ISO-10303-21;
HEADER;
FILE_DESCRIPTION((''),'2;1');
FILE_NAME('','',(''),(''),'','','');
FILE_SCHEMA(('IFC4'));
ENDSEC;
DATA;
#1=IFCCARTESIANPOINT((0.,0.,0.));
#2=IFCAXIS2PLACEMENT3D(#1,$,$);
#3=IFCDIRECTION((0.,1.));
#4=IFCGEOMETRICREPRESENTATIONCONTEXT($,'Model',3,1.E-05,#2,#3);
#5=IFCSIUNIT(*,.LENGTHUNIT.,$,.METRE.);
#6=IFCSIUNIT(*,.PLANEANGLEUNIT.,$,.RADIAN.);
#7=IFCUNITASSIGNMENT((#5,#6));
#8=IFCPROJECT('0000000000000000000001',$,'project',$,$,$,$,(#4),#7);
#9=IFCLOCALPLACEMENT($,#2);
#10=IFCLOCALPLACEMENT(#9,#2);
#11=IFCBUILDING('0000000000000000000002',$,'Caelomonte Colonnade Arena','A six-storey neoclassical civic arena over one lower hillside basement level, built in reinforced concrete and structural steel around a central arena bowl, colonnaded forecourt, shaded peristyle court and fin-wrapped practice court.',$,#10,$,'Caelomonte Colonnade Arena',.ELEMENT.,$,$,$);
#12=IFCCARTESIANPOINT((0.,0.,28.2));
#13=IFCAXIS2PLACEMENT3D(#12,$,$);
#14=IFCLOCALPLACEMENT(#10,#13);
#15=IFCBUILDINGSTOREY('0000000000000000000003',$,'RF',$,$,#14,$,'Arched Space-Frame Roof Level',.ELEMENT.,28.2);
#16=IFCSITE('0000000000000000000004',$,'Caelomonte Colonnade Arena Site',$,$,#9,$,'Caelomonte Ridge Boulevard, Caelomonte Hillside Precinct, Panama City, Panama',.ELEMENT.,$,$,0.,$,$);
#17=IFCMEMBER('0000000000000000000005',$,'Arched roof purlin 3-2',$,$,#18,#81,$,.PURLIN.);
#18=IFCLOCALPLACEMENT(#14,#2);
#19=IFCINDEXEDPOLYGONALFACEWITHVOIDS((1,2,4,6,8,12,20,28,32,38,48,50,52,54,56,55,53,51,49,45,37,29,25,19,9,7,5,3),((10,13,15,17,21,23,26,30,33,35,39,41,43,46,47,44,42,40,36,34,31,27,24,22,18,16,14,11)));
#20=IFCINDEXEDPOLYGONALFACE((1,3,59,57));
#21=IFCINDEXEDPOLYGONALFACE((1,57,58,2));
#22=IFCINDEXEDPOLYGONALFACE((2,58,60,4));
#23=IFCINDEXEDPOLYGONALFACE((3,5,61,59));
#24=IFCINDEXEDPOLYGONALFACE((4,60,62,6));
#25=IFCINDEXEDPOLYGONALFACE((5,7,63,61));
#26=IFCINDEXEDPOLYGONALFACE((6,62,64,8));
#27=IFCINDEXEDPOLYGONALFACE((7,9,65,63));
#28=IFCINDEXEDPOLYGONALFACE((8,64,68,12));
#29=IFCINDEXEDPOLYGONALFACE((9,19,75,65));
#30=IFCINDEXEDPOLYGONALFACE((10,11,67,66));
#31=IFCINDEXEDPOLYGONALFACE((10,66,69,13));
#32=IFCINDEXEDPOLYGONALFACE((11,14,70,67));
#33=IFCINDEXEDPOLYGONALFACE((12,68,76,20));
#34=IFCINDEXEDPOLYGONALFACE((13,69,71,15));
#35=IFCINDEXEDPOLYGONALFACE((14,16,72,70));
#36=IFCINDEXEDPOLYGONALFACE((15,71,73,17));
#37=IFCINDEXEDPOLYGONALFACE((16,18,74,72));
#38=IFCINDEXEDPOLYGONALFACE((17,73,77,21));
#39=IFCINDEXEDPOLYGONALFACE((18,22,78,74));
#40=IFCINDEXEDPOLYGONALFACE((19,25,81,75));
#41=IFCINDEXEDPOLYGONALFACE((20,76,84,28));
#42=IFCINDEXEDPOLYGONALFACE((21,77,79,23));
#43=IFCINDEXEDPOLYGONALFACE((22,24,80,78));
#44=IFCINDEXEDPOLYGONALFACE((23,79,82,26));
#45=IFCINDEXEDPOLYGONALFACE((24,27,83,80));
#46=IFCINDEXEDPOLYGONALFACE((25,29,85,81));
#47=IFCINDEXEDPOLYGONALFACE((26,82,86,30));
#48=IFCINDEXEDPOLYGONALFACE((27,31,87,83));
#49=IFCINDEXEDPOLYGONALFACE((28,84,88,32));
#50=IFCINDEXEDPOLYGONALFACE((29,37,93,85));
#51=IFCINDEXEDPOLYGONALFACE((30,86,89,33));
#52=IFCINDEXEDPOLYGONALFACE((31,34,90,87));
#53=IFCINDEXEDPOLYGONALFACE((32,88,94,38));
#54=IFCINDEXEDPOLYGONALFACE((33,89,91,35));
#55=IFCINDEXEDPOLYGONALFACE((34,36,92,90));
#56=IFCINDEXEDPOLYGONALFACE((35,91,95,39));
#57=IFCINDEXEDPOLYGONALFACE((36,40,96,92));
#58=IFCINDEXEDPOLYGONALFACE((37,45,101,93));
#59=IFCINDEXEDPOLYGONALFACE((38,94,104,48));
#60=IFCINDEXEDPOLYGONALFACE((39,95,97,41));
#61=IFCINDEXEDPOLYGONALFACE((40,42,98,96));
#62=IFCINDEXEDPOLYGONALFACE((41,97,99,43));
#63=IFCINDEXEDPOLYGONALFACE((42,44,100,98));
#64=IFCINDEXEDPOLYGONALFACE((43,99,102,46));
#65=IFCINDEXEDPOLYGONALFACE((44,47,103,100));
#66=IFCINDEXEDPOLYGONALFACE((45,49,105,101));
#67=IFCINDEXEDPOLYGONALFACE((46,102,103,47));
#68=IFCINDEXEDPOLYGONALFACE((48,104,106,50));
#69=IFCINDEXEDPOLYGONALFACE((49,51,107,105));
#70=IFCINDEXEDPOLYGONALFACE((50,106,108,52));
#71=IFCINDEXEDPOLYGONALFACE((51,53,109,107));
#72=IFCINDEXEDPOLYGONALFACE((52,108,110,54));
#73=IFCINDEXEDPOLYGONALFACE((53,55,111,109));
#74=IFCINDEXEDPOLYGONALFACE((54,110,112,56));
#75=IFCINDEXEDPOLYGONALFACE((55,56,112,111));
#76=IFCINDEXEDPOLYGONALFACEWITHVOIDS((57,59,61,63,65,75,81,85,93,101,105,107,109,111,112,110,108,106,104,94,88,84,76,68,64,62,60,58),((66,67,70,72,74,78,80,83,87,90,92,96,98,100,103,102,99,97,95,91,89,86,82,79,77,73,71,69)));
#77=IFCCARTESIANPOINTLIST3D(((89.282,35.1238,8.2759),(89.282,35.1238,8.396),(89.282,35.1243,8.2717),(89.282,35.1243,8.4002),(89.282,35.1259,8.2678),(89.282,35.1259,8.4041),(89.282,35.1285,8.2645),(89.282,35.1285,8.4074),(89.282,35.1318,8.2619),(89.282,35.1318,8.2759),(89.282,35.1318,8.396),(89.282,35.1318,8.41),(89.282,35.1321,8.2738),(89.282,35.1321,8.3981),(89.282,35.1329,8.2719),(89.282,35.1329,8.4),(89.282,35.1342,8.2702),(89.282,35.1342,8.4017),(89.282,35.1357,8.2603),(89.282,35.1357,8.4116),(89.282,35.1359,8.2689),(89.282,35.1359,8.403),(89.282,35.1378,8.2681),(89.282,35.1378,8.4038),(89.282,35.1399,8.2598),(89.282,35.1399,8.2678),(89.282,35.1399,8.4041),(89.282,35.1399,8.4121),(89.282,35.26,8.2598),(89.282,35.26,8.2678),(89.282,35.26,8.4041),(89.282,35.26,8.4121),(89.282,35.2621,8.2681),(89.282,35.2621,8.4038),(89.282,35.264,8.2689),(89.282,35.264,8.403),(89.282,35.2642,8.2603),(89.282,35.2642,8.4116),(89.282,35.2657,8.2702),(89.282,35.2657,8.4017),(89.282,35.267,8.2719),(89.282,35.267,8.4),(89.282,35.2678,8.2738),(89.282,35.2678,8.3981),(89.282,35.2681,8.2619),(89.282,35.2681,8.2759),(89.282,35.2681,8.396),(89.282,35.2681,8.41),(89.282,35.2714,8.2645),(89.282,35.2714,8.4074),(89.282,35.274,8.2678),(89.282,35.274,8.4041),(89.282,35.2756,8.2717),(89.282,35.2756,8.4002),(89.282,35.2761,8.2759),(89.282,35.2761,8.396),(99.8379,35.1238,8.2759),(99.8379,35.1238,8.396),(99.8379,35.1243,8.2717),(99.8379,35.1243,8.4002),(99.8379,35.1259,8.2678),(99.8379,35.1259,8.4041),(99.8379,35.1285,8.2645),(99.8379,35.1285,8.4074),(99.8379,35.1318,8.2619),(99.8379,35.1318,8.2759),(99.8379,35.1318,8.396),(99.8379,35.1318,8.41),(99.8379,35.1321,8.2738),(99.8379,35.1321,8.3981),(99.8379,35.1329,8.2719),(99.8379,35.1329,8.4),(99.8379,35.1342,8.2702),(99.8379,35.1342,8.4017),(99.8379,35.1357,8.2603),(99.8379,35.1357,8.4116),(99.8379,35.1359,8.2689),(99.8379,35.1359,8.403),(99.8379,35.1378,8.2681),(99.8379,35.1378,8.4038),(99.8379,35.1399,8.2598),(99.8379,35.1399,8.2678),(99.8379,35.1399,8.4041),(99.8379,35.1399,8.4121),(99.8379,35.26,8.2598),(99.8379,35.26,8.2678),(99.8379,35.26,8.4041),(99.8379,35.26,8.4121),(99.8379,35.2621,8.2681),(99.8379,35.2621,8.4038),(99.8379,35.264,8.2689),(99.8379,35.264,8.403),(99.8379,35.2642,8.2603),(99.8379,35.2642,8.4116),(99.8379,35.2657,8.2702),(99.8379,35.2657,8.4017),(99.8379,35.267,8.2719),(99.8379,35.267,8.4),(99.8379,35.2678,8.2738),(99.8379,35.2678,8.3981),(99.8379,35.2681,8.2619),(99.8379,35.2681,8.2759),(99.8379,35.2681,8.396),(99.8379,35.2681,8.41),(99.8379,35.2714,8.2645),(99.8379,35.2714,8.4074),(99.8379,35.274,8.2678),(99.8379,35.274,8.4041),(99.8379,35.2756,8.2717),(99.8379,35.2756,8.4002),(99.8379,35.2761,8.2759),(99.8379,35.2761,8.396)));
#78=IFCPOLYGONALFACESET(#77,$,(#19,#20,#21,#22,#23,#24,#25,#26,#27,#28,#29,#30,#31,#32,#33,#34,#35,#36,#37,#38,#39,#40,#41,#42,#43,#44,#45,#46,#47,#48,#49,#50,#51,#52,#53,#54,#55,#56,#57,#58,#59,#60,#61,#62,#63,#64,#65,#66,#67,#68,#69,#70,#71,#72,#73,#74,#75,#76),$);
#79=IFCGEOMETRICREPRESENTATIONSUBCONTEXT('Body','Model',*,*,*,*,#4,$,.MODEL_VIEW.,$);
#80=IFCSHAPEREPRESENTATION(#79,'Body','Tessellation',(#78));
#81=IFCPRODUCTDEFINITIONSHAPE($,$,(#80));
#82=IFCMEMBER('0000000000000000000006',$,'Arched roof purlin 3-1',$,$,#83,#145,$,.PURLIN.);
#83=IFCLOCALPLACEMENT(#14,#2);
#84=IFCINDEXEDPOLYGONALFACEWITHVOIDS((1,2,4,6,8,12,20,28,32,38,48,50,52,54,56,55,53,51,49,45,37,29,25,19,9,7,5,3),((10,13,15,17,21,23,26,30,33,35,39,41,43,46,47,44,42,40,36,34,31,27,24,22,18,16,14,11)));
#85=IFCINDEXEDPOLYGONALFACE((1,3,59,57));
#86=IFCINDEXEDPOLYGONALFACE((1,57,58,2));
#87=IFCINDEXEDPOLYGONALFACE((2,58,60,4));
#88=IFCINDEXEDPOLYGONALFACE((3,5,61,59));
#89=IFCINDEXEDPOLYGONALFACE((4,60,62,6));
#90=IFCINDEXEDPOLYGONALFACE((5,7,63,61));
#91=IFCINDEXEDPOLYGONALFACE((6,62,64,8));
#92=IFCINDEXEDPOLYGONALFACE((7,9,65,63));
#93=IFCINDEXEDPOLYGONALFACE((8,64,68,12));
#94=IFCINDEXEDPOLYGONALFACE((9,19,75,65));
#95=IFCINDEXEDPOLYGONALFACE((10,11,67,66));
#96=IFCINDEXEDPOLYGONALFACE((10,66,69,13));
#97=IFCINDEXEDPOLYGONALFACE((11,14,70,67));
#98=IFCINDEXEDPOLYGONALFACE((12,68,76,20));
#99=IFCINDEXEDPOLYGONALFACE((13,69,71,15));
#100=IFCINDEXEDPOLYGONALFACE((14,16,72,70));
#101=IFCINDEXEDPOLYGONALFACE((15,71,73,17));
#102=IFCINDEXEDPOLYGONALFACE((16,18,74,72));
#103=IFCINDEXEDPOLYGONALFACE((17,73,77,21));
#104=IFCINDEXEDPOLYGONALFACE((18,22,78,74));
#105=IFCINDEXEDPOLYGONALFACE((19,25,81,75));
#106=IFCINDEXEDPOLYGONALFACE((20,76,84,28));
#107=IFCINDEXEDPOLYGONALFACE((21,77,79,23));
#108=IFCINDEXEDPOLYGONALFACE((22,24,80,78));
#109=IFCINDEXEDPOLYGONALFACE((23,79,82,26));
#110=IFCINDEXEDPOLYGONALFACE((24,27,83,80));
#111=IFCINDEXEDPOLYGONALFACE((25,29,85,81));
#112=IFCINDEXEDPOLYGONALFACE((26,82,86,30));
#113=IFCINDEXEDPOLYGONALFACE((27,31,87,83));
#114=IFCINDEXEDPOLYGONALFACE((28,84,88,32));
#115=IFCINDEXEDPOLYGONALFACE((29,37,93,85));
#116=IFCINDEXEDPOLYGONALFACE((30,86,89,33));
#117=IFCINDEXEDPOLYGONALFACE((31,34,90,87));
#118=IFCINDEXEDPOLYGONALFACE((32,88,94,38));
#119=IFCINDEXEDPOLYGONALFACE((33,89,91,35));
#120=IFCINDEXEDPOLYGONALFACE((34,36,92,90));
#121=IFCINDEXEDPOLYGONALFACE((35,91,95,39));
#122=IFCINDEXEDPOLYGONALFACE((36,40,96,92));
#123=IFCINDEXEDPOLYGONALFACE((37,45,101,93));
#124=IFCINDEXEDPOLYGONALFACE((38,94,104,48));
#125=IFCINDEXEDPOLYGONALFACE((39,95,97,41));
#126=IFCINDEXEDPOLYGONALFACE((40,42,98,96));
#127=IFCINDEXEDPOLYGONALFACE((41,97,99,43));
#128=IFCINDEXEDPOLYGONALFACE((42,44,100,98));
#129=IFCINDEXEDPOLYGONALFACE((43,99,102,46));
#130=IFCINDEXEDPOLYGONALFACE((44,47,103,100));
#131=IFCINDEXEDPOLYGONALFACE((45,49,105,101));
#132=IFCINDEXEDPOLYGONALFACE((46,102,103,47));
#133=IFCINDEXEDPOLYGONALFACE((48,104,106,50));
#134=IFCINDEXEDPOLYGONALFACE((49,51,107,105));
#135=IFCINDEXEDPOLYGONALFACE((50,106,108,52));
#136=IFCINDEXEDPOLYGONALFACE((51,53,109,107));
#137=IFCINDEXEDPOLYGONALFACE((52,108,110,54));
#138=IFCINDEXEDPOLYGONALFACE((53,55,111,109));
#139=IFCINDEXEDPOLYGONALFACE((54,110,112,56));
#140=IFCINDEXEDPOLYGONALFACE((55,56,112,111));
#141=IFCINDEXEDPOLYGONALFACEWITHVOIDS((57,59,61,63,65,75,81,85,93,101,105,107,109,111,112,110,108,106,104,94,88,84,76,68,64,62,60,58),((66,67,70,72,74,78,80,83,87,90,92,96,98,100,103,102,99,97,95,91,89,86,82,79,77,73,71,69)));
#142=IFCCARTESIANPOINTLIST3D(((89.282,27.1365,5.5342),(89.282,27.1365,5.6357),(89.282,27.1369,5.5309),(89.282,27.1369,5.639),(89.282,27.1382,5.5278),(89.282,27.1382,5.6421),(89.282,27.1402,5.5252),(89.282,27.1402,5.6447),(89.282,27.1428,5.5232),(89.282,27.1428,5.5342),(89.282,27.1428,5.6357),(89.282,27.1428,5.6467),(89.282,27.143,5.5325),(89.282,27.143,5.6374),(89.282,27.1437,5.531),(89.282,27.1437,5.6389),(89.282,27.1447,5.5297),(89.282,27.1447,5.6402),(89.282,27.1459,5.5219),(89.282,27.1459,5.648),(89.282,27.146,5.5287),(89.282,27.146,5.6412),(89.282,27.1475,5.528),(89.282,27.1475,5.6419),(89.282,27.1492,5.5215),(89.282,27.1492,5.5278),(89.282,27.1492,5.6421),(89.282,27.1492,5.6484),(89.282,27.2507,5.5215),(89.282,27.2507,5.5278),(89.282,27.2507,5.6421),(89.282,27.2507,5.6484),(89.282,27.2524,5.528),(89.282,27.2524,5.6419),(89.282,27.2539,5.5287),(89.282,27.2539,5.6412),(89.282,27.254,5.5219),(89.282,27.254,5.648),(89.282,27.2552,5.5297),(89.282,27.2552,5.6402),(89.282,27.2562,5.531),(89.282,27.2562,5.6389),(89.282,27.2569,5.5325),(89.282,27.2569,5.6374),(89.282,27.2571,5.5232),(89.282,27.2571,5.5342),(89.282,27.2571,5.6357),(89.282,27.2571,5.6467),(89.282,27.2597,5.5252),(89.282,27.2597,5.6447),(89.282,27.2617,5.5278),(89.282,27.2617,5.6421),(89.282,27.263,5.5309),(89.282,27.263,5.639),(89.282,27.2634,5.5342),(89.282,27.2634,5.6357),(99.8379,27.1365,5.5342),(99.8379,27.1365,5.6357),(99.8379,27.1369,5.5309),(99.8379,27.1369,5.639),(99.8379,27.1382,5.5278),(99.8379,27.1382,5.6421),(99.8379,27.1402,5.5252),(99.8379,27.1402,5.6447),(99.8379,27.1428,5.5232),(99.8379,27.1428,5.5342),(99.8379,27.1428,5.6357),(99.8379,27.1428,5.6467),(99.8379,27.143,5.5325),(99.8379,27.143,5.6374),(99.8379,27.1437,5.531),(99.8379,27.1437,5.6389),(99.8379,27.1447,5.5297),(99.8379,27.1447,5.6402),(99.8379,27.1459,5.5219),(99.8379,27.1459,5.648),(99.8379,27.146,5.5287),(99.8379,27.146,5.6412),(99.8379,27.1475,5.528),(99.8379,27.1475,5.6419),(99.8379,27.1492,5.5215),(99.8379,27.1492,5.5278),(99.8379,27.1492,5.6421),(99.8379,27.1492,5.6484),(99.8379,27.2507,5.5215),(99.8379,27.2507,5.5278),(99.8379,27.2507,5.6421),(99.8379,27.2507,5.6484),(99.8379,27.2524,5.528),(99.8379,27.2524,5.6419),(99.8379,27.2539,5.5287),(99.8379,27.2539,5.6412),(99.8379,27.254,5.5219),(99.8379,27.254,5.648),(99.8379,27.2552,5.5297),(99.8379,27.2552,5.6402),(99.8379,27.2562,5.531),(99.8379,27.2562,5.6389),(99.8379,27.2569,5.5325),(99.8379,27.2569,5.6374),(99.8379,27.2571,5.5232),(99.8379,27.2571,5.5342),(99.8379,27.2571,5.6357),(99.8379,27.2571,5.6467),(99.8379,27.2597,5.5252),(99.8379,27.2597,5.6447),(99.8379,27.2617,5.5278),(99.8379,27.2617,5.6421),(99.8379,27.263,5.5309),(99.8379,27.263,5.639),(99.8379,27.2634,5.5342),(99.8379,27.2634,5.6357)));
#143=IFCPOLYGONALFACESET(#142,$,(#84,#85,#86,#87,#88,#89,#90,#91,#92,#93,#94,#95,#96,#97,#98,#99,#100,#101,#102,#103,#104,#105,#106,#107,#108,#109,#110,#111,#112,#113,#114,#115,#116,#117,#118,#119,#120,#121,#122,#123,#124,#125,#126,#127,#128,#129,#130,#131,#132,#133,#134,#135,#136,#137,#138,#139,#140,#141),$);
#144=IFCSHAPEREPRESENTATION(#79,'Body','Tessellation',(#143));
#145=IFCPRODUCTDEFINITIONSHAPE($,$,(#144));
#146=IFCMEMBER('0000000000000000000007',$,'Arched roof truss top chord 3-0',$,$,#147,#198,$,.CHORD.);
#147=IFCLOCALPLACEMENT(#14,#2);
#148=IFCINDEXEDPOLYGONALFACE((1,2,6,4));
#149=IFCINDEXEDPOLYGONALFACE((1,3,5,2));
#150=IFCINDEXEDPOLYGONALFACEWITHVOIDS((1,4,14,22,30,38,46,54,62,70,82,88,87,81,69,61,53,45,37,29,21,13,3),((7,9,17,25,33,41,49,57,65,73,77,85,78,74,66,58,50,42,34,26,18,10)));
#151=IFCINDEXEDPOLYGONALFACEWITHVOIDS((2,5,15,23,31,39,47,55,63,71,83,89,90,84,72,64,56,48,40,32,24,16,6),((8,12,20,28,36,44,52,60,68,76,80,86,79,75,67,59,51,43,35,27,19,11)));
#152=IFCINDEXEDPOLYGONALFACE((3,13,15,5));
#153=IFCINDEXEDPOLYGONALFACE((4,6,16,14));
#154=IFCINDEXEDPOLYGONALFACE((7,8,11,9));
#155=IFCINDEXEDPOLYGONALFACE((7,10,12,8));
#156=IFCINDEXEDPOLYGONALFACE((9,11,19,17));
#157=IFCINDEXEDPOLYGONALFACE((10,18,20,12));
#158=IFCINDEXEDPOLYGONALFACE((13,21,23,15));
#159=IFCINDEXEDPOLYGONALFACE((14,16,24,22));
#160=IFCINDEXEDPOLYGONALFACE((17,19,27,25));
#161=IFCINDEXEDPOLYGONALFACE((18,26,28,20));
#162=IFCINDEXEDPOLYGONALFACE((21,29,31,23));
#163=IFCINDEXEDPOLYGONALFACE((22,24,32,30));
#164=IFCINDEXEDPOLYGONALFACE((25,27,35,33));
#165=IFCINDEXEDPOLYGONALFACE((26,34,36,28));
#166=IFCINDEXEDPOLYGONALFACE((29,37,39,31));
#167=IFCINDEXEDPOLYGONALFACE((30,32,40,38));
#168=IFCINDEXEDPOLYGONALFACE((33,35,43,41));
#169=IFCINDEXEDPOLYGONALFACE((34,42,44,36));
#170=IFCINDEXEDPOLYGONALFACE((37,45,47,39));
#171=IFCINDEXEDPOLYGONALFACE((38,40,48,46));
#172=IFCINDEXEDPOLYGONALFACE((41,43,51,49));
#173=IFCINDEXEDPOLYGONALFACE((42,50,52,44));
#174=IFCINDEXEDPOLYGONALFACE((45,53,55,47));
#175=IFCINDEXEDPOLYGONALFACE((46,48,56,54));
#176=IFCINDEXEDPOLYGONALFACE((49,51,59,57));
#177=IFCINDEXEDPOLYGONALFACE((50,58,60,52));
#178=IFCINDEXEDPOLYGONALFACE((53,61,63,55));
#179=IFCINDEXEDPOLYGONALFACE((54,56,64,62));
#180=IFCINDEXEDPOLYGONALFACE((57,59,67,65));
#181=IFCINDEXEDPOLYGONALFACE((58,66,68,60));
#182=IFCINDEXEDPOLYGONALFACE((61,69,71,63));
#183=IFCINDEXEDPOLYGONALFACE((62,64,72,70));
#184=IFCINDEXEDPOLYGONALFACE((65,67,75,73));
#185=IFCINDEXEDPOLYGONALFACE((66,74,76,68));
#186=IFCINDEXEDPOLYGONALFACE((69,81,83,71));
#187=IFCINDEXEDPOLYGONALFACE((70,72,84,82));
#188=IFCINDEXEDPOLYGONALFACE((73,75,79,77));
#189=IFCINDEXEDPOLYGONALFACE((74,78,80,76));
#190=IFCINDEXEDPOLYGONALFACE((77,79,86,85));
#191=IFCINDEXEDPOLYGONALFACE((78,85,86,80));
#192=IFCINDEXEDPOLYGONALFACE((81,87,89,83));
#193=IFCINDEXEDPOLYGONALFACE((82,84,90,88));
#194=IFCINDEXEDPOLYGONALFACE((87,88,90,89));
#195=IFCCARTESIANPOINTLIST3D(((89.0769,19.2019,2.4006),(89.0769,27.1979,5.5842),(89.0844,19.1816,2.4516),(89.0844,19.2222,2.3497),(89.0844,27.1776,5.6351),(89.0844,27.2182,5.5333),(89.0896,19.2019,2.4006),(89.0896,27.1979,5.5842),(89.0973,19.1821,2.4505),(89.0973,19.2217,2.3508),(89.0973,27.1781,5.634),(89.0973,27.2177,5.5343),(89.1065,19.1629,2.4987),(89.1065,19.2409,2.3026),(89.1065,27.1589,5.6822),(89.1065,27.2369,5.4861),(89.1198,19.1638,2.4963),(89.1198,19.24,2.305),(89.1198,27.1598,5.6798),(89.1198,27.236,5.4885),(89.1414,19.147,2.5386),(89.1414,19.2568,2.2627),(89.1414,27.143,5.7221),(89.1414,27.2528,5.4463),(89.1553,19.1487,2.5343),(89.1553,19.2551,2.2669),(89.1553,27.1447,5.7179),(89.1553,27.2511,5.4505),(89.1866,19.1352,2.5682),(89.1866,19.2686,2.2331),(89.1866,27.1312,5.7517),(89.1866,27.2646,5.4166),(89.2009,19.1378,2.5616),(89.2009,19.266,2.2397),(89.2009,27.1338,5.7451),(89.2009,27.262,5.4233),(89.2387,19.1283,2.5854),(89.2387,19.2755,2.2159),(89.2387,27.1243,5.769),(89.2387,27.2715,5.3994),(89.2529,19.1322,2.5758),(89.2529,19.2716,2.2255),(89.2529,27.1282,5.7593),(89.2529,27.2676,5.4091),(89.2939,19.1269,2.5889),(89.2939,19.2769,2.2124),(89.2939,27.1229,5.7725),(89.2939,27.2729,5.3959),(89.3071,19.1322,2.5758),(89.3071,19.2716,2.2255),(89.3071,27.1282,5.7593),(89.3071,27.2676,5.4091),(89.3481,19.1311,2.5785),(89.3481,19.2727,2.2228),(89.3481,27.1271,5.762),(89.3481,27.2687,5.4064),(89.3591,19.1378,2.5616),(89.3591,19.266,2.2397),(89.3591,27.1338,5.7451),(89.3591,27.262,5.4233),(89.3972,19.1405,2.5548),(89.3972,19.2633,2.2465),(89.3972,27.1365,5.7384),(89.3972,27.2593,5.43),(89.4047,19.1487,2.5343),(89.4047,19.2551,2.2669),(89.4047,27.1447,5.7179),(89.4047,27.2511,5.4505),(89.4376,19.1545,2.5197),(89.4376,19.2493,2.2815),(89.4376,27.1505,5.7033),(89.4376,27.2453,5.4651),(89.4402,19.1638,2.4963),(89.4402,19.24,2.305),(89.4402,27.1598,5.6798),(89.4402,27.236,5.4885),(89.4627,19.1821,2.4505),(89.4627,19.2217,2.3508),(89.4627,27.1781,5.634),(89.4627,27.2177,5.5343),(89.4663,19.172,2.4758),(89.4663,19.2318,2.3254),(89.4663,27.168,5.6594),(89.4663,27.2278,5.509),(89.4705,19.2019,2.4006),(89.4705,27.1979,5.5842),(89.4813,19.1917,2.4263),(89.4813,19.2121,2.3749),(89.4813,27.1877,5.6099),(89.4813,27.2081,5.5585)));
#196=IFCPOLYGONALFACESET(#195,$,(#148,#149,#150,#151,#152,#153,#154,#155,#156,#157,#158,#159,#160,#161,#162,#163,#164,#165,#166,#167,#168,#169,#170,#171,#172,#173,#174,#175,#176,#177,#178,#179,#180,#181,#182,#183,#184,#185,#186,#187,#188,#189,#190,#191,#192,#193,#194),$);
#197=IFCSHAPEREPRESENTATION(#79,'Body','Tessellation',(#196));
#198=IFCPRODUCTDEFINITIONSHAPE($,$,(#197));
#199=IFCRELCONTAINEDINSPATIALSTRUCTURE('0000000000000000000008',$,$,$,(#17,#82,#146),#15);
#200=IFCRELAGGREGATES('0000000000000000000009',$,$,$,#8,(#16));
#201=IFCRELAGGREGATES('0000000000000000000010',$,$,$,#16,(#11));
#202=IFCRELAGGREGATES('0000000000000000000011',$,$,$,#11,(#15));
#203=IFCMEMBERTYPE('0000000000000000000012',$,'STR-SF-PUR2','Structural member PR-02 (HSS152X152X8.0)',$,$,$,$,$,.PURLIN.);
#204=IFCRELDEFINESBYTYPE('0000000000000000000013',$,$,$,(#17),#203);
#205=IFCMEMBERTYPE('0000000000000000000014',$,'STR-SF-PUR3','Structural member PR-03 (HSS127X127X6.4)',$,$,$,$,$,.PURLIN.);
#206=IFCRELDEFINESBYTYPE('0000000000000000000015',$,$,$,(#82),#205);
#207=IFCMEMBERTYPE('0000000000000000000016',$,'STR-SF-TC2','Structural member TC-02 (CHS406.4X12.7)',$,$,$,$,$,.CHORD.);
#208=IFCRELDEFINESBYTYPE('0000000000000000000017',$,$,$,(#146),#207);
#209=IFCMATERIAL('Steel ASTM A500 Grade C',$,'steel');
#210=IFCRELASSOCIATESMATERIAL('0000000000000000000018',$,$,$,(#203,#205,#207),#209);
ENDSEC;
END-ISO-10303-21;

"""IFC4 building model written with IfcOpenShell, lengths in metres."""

from ifc_helpers import new_model, si_unit, direction, frame, origin, origin_2d, place, context, subcontext, project, spatial, hollow_rectangle, hollow_circle, extrude, material, material_profile, profile_set, type_object, element, save


model = new_model("IFC4")

# Units and contexts
model_context = context("Model", 3, precision=1e-05, world=origin(), true_north=direction((0.0, 1.0)))
body_context = subcontext(model_context, "Body", "Model", "MODEL_VIEW")
ifc_project = project(units=[si_unit("LENGTHUNIT", "METRE"), si_unit("PLANEANGLEUNIT", "RADIAN")], contexts=[model_context])

# Site, building, storey
site_placement = place(None, origin())
site = spatial("IfcSite", under=ifc_project, at=site_placement, Name="Caelomonte Colonnade Arena Site", LongName="Caelomonte Ridge Boulevard, Caelomonte Hillside Precinct, Panama City, Panama", CompositionType="ELEMENT", RefElevation=0.0)
building_placement = place(site_placement, origin())
building = spatial("IfcBuilding", under=site, at=building_placement, Name="Caelomonte Colonnade Arena", Description="A six-storey neoclassical civic arena over one lower hillside basement level, built in reinforced concrete and structural steel around a central arena bowl, colonnaded forecourt, shaded peristyle court and fin-wrapped practice court.", LongName="Caelomonte Colonnade Arena", CompositionType="ELEMENT")
storey_placement = place(building_placement, frame((0.0, 0.0, 28.2)))
storey = spatial("IfcBuildingStorey", under=building, at=storey_placement, Name="RF", LongName="Arched Space-Frame Roof Level", CompositionType="ELEMENT", Elevation=28.2)

# Members
ifc_material_1 = material(Name="Steel ASTM A500 Grade C", Category="steel")
ifc_material_profile_1 = material_profile(ifc_material_1, hollow_rectangle(XDim=0.1523, YDim=0.1523, WallThickness=0.0081, InnerFilletRadius=0.0081, OuterFilletRadius=0.0161, at=origin_2d()), Name="HSS152X152X8.0")
ifc_profile_set_1 = profile_set([ifc_material_profile_1], Name="Steel ASTM A500 Grade C")
member_type_1 = type_object("IfcMemberType", Name="STR-SF-PUR2", Description="Structural member PR-02 (HSS152X152X8.0)", PredefinedType="PURLIN", material=ifc_profile_set_1)
member_1_placement = place(storey_placement, frame((89.282, 35.2, 8.3359), z_axis=(1.0, 0.0, 0.0), x_axis=(0.0, 1.0, 0.0)))
element("IfcMember", 1, at=member_1_placement, inside=storey, type_object=member_type_1, Name="Arched roof purlin 3-2", PredefinedType="PURLIN", context=body_context, shape_type="SweptSolid", body=[
    extrude(hollow_rectangle(XDim=0.1523, YDim=0.1523, WallThickness=0.0081, InnerFilletRadius=0.0081, OuterFilletRadius=0.0161, at=origin_2d()), origin(), (0.0, 0.0, 1.0), 10.5559),
])
ifc_material_profile_2 = material_profile(ifc_material_1, hollow_rectangle(XDim=0.127, YDim=0.127, WallThickness=0.0063, InnerFilletRadius=0.0063, OuterFilletRadius=0.0127, at=origin_2d()), Name="HSS127X127X6.4")
ifc_profile_set_2 = profile_set([ifc_material_profile_2], Name="Steel ASTM A500 Grade C")
member_type_2 = type_object("IfcMemberType", Name="STR-SF-PUR3", Description="Structural member PR-03 (HSS127X127X6.4)", PredefinedType="PURLIN", material=ifc_profile_set_2)
member_2_placement = place(storey_placement, frame((89.282, 27.2, 5.585), z_axis=(1.0, 0.0, 0.0), x_axis=(0.0, 1.0, 0.0)))
element("IfcMember", 2, at=member_2_placement, inside=storey, type_object=member_type_2, Name="Arched roof purlin 3-1", PredefinedType="PURLIN", context=body_context, shape_type="SweptSolid", body=[
    extrude(hollow_rectangle(XDim=0.127, YDim=0.127, WallThickness=0.0063, InnerFilletRadius=0.0063, OuterFilletRadius=0.0127, at=origin_2d()), origin(), (0.0, 0.0, 1.0), 10.5559),
])
ifc_material_profile_3 = material_profile(ifc_material_1, hollow_circle(Radius=0.2031, WallThickness=0.0127, at=origin_2d()), Name="CHS406.4X12.7")
ifc_profile_set_3 = profile_set([ifc_material_profile_3], Name="Steel ASTM A500 Grade C")
member_type_3 = type_object("IfcMemberType", Name="STR-SF-TC2", Description="Structural member TC-02 (CHS406.4X12.7)", PredefinedType="CHORD", material=ifc_profile_set_3)
member_3_placement = place(storey_placement, frame((89.28, 19.2019, 2.4006), z_axis=(0.0, 0.92907, 0.369903), x_axis=(-1.0, 0.0, 0.0)))
element("IfcMember", 3, at=member_3_placement, inside=storey, type_object=member_type_3, Name="Arched roof truss top chord 3-0", PredefinedType="CHORD", context=body_context, shape_type="SweptSolid", body=[
    extrude(hollow_circle(Radius=0.2031, WallThickness=0.0127, at=origin_2d()), origin(), (0.0, 0.0, 1.0), 8.6064),
])

save(model, "model.ifc")
